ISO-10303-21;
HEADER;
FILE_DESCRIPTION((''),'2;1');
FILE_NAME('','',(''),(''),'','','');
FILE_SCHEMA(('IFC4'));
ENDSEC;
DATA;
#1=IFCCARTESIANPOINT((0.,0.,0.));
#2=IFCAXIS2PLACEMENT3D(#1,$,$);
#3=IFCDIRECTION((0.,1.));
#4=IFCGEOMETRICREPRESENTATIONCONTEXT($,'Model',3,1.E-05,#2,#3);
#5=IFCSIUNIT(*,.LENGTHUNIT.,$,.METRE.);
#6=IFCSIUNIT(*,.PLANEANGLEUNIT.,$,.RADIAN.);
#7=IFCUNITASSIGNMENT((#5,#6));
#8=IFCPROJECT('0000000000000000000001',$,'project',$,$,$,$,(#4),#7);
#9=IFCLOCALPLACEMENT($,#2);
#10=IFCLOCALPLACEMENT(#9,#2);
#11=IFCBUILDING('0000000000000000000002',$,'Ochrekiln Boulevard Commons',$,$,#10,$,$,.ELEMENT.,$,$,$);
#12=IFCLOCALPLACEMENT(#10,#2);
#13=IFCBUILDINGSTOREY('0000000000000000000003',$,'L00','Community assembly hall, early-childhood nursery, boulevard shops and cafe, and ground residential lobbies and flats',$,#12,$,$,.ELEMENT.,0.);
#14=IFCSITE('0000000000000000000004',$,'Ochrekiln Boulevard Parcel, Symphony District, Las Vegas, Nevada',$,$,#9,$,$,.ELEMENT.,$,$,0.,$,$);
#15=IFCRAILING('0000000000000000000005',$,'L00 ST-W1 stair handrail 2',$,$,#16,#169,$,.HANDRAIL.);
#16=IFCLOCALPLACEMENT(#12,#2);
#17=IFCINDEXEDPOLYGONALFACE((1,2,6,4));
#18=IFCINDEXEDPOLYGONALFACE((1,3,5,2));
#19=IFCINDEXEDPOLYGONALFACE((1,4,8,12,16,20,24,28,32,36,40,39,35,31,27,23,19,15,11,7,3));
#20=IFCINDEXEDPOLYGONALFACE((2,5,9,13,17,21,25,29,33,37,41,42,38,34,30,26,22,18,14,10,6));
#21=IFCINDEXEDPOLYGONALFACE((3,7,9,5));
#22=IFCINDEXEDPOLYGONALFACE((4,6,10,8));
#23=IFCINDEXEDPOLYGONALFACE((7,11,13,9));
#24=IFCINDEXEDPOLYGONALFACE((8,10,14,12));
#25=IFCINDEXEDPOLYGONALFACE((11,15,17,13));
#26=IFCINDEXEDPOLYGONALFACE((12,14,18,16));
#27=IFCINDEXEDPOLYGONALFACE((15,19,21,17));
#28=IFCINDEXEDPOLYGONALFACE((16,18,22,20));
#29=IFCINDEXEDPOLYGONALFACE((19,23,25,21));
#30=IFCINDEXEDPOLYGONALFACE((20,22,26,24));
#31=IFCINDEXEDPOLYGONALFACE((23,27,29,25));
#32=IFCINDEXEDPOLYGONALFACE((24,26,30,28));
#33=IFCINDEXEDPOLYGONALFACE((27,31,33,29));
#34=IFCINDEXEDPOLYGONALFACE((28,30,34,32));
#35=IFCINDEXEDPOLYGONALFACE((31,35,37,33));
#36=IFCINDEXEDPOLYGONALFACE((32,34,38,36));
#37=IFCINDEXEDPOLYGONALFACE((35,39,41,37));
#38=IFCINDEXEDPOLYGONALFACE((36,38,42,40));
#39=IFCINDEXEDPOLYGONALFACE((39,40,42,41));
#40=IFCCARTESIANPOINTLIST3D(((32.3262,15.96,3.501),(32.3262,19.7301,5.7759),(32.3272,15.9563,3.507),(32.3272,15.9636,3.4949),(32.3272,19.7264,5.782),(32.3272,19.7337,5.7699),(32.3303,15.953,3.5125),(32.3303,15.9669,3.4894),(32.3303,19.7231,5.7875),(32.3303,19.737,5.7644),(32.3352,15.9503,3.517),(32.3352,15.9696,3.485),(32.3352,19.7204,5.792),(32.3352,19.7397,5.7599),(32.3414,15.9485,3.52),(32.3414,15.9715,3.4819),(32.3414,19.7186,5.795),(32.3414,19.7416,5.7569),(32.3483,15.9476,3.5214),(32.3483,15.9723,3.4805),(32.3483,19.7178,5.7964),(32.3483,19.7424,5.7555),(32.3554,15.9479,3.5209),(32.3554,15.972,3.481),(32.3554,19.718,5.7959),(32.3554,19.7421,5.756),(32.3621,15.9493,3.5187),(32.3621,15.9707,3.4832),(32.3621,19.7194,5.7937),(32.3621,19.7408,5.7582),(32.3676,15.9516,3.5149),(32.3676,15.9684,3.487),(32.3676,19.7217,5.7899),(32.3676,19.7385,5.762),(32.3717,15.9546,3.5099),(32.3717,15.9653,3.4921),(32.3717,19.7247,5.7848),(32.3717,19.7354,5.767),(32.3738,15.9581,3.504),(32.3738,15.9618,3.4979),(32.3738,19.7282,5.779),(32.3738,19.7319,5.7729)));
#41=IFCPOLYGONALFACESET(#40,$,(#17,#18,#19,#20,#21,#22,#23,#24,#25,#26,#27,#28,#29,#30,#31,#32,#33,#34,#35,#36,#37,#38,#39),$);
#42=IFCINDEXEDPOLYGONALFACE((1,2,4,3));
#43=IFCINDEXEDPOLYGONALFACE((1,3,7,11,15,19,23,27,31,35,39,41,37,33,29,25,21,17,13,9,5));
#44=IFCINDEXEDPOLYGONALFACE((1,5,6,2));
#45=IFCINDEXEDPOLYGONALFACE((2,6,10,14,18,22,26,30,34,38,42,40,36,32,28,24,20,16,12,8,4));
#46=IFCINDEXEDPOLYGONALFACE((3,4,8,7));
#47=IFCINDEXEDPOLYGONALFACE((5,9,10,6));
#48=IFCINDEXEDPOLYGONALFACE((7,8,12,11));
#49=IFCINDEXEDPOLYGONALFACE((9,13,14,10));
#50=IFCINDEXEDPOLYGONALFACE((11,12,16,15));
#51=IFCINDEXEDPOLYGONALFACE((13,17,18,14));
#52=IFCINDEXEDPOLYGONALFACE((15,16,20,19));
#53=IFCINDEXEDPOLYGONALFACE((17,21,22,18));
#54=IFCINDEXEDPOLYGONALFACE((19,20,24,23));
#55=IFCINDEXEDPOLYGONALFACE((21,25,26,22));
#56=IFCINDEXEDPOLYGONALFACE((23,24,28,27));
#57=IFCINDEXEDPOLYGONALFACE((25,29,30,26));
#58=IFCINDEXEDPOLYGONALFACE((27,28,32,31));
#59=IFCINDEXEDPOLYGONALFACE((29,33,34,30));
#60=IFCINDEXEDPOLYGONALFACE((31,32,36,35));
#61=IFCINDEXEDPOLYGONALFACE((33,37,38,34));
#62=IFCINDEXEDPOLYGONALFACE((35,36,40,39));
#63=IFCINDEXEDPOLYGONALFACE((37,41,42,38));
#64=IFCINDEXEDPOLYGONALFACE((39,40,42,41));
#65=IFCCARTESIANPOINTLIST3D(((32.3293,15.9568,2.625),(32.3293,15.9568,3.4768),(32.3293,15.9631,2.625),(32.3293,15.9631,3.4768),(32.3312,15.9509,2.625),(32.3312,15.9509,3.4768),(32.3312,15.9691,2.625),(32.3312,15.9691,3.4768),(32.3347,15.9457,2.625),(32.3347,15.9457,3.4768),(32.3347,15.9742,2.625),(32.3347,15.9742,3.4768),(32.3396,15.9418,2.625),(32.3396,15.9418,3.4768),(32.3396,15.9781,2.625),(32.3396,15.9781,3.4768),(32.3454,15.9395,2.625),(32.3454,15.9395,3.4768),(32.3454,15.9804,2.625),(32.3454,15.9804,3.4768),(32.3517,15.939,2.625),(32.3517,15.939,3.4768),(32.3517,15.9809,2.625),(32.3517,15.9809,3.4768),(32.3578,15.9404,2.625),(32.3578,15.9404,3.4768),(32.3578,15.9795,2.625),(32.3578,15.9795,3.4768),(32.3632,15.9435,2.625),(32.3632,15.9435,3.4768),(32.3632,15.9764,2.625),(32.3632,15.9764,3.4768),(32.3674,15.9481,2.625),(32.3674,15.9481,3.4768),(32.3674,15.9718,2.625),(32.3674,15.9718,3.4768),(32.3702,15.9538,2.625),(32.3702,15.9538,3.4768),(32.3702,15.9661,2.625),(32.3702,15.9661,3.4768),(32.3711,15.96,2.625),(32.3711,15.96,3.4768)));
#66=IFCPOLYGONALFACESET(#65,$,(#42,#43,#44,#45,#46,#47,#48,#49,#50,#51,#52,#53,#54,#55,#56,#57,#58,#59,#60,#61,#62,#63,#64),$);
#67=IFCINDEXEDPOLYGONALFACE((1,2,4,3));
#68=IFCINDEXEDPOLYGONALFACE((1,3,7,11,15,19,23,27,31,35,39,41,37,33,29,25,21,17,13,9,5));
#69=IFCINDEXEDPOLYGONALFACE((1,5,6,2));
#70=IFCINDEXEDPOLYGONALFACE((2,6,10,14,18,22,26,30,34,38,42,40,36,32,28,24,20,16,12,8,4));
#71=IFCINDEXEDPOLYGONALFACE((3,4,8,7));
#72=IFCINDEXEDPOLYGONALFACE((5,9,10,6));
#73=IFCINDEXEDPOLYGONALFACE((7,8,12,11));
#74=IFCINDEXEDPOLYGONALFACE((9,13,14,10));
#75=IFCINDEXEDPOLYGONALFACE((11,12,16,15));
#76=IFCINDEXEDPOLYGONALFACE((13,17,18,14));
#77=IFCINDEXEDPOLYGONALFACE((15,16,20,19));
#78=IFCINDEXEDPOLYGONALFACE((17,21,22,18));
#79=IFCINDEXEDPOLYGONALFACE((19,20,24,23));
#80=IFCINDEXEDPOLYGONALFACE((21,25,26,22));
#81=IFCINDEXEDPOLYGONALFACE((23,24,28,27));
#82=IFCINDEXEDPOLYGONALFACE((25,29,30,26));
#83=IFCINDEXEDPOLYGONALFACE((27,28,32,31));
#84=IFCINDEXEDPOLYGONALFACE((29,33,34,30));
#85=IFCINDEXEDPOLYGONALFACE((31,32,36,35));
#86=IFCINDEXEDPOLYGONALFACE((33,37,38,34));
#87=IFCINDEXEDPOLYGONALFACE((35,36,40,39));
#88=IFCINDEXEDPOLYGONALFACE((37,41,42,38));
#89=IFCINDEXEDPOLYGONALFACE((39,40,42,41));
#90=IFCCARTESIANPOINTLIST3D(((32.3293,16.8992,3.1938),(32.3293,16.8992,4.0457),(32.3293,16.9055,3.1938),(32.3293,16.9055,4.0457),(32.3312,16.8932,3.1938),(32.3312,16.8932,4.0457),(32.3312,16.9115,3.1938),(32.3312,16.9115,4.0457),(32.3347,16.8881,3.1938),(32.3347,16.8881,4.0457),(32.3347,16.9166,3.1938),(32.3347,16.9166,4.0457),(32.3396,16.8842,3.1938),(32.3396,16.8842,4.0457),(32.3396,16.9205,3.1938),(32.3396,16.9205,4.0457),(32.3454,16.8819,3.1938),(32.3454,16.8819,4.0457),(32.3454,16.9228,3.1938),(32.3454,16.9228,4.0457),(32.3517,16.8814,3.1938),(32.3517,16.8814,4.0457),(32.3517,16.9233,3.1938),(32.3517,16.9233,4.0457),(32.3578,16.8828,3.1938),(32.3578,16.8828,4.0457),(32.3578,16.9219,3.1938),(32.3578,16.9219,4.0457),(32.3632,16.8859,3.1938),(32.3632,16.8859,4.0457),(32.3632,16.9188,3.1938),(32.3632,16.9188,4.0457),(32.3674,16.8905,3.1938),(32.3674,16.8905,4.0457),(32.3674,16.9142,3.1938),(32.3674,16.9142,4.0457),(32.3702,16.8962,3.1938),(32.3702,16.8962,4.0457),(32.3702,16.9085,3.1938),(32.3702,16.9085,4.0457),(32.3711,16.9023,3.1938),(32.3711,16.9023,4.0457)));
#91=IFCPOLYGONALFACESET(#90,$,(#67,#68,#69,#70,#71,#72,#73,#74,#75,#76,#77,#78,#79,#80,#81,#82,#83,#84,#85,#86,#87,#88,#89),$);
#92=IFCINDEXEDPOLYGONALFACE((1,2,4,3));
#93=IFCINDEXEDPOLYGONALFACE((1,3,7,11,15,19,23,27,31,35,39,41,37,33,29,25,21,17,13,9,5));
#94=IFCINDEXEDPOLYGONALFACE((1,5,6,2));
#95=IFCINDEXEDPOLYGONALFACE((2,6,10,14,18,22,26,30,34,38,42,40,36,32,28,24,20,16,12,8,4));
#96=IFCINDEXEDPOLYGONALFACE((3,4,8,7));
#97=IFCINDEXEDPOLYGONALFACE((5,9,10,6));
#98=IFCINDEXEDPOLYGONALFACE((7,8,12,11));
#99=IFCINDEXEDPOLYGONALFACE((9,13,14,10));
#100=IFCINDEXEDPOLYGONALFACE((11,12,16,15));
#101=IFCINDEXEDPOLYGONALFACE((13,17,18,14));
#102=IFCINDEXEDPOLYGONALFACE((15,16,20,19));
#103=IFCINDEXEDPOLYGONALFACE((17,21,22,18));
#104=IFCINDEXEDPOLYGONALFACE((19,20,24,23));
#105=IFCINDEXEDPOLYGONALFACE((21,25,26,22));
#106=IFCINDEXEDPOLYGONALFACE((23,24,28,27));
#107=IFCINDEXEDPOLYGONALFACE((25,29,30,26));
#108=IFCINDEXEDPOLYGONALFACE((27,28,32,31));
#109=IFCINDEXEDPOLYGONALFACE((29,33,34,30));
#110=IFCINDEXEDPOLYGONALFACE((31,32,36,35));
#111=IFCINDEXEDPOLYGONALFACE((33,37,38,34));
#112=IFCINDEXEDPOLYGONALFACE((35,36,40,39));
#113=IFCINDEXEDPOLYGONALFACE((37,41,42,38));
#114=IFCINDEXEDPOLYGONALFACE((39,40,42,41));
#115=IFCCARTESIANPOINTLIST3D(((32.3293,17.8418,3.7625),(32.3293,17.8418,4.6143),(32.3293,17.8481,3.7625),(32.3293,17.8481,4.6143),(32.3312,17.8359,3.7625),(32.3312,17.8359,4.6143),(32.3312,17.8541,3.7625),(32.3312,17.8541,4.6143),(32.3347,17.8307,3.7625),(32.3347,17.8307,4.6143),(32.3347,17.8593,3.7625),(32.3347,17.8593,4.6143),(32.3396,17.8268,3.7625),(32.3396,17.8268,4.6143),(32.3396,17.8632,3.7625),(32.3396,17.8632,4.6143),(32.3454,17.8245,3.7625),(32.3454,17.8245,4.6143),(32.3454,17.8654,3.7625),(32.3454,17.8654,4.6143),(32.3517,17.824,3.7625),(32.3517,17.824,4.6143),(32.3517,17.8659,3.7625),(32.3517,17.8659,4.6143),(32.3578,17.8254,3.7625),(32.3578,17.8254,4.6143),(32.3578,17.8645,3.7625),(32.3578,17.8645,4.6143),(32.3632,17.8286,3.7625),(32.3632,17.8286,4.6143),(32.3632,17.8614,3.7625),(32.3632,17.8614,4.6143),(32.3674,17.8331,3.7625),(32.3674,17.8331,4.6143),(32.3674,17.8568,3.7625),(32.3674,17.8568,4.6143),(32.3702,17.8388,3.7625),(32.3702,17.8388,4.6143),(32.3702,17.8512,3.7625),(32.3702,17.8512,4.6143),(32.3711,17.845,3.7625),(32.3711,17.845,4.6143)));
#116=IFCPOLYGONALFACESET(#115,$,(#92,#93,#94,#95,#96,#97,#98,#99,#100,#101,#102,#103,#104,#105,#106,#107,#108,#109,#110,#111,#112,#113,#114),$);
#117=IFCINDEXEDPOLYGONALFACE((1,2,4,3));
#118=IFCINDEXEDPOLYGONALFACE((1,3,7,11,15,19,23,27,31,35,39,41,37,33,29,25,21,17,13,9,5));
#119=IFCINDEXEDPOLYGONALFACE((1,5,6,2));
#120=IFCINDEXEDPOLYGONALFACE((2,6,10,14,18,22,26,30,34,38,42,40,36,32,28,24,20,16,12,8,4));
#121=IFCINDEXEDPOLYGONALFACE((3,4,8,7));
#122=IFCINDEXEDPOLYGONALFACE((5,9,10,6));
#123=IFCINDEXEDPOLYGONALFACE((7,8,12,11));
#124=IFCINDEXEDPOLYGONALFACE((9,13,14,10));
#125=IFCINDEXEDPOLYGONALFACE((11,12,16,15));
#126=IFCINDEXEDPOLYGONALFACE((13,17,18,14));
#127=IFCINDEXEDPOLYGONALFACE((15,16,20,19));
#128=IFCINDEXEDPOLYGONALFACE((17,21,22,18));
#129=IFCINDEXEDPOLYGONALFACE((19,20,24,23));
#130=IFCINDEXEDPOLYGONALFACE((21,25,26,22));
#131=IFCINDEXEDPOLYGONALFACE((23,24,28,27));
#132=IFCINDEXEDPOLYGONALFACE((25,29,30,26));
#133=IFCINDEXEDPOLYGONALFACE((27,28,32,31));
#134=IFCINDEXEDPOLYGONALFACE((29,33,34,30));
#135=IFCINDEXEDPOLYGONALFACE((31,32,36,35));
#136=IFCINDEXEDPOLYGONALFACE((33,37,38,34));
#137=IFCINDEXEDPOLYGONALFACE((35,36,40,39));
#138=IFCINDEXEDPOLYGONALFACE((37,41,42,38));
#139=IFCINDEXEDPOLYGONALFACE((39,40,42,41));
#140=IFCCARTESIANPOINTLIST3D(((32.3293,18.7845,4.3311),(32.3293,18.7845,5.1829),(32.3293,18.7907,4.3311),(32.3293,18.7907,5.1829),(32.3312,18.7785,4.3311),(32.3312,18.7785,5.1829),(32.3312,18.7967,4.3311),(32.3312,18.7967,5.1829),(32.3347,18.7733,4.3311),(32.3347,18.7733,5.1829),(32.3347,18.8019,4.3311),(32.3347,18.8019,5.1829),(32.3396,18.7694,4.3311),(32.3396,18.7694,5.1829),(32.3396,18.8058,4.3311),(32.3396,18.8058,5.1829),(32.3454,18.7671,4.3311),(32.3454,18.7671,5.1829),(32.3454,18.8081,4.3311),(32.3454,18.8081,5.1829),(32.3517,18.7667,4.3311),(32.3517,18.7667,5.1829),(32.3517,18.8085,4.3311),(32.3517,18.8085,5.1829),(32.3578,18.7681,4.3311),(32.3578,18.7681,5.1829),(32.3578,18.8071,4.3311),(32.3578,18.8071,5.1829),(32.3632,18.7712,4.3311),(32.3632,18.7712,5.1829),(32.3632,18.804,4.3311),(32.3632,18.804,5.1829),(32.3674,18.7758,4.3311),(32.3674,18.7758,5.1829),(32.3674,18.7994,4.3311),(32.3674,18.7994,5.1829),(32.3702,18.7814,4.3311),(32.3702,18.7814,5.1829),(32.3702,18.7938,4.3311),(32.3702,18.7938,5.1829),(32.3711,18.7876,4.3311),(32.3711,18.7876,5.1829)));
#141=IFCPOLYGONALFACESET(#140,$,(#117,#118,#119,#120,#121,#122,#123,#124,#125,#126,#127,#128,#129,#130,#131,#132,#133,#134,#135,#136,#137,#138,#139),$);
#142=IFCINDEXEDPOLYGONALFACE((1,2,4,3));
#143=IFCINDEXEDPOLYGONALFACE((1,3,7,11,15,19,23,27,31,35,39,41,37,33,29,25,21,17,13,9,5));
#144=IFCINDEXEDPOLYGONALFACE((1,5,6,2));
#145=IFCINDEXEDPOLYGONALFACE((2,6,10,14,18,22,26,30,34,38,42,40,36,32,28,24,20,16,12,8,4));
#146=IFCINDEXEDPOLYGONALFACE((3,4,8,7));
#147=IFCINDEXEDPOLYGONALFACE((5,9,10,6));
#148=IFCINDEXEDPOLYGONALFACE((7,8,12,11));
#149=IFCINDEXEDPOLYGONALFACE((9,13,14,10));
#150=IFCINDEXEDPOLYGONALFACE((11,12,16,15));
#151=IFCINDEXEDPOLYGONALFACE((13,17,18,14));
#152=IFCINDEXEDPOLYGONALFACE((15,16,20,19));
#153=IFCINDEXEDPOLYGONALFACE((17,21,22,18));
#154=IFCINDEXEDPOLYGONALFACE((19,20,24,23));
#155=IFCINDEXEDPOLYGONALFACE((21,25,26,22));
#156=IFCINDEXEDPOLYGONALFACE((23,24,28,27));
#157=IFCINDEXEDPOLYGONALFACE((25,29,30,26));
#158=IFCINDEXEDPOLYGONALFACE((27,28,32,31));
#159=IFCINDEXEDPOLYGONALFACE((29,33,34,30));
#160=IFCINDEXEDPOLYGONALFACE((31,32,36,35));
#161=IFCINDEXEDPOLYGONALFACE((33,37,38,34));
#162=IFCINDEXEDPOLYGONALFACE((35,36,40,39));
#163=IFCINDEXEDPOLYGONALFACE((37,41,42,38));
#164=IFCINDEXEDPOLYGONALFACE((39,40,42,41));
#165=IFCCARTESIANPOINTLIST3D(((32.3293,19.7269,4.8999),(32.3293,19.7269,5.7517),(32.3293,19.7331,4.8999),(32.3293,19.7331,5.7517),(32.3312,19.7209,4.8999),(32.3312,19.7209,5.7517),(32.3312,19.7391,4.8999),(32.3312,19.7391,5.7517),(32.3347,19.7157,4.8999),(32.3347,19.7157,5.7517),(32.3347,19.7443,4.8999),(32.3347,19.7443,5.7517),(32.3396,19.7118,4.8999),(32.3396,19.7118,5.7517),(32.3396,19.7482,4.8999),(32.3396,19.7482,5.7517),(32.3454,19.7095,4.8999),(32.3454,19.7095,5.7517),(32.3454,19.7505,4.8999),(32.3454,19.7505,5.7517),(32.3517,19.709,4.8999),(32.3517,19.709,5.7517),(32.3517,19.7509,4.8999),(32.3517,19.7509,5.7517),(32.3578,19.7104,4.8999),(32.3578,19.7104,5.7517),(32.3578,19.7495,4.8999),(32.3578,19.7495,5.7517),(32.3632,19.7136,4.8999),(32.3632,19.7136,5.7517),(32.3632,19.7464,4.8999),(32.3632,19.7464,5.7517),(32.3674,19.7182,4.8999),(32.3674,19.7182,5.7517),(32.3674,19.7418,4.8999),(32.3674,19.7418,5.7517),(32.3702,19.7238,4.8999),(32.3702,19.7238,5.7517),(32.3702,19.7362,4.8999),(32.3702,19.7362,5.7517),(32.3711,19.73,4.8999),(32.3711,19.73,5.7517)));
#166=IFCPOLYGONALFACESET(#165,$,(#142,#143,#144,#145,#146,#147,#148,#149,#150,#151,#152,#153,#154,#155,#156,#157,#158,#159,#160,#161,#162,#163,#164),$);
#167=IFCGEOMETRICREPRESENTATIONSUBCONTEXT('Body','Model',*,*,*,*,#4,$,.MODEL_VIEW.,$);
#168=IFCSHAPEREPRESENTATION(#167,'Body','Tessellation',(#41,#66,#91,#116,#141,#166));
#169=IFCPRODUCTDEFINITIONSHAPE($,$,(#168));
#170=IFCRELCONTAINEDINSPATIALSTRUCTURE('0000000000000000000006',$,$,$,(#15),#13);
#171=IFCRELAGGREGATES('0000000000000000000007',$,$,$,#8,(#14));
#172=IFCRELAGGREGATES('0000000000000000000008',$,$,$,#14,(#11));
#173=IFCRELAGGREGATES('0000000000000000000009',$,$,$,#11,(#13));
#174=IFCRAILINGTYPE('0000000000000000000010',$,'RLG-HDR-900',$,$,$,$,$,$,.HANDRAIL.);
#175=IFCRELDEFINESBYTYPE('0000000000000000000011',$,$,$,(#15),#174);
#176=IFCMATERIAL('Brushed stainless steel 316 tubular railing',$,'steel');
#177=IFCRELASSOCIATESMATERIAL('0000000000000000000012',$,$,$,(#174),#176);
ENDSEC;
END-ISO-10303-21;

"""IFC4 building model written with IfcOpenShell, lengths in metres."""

from ifc_helpers import new_model, si_unit, direction, frame, origin, origin_2d, place, context, subcontext, project, spatial, circle, extrude, material, type_object, element, save


model = new_model("IFC4")

# Units and contexts
model_context = context("Model", 3, precision=1e-05, world=origin(), true_north=direction((0.0, 1.0)))
body_context = subcontext(model_context, "Body", "Model", "MODEL_VIEW")
ifc_project = project(units=[si_unit("LENGTHUNIT", "METRE"), si_unit("PLANEANGLEUNIT", "RADIAN")], contexts=[model_context])

# Site, building, storey
site_placement = place(None, origin())
site = spatial("IfcSite", under=ifc_project, at=site_placement, Name="Ochrekiln Boulevard Parcel, Symphony District, Las Vegas, Nevada", CompositionType="ELEMENT", RefElevation=0.0)
building_placement = place(site_placement, origin())
building = spatial("IfcBuilding", under=site, at=building_placement, Name="Ochrekiln Boulevard Commons", CompositionType="ELEMENT")
storey_placement = place(building_placement, origin())
storey = spatial("IfcBuildingStorey", under=building, at=storey_placement, Name="L00", Description="Community assembly hall, early-childhood nursery, boulevard shops and cafe, and ground residential lobbies and flats", CompositionType="ELEMENT", Elevation=0.0)

# Railing
ifc_material_1 = material(Name="Brushed stainless steel 316 tubular railing", Category="steel")
railing_type_1 = type_object("IfcRailingType", Name="RLG-HDR-900", PredefinedType="HANDRAIL", material=ifc_material_1)
railing_1_placement = place(storey_placement, frame((32.3501, 15.96, 2.625)))
element("IfcRailing", 1, at=railing_1_placement, inside=storey, type_object=railing_type_1, Name="L00 ST-W1 stair handrail 2", PredefinedType="HANDRAIL", context=body_context, shape_type="SweptSolid", body=[
    extrude(circle(Radius=0.0239, at=origin_2d()), frame((0.0, 0.0, 0.876), z_axis=(0.0, 0.856199, 0.516647), x_axis=(-1.0, 0.0, 0.0)), (0.0, 0.0, 1.0), 4.4033),
    extrude(circle(Radius=0.021, at=origin_2d()), origin(), (0.0, 0.0, 1.0), 0.8518),
    extrude(circle(Radius=0.021, at=origin_2d()), frame((0.0, 0.9424, 0.5688)), (0.0, 0.0, 1.0), 0.8518),
    extrude(circle(Radius=0.021, at=origin_2d()), frame((0.0, 1.885, 1.1375)), (0.0, 0.0, 1.0), 0.8518),
    extrude(circle(Radius=0.021, at=origin_2d()), frame((0.0, 2.8276, 1.7061)), (0.0, 0.0, 1.0), 0.8518),
    extrude(circle(Radius=0.021, at=origin_2d()), frame((0.0, 3.77, 2.2749)), (0.0, 0.0, 1.0), 0.8518),
])

save(model, "model.ifc")
